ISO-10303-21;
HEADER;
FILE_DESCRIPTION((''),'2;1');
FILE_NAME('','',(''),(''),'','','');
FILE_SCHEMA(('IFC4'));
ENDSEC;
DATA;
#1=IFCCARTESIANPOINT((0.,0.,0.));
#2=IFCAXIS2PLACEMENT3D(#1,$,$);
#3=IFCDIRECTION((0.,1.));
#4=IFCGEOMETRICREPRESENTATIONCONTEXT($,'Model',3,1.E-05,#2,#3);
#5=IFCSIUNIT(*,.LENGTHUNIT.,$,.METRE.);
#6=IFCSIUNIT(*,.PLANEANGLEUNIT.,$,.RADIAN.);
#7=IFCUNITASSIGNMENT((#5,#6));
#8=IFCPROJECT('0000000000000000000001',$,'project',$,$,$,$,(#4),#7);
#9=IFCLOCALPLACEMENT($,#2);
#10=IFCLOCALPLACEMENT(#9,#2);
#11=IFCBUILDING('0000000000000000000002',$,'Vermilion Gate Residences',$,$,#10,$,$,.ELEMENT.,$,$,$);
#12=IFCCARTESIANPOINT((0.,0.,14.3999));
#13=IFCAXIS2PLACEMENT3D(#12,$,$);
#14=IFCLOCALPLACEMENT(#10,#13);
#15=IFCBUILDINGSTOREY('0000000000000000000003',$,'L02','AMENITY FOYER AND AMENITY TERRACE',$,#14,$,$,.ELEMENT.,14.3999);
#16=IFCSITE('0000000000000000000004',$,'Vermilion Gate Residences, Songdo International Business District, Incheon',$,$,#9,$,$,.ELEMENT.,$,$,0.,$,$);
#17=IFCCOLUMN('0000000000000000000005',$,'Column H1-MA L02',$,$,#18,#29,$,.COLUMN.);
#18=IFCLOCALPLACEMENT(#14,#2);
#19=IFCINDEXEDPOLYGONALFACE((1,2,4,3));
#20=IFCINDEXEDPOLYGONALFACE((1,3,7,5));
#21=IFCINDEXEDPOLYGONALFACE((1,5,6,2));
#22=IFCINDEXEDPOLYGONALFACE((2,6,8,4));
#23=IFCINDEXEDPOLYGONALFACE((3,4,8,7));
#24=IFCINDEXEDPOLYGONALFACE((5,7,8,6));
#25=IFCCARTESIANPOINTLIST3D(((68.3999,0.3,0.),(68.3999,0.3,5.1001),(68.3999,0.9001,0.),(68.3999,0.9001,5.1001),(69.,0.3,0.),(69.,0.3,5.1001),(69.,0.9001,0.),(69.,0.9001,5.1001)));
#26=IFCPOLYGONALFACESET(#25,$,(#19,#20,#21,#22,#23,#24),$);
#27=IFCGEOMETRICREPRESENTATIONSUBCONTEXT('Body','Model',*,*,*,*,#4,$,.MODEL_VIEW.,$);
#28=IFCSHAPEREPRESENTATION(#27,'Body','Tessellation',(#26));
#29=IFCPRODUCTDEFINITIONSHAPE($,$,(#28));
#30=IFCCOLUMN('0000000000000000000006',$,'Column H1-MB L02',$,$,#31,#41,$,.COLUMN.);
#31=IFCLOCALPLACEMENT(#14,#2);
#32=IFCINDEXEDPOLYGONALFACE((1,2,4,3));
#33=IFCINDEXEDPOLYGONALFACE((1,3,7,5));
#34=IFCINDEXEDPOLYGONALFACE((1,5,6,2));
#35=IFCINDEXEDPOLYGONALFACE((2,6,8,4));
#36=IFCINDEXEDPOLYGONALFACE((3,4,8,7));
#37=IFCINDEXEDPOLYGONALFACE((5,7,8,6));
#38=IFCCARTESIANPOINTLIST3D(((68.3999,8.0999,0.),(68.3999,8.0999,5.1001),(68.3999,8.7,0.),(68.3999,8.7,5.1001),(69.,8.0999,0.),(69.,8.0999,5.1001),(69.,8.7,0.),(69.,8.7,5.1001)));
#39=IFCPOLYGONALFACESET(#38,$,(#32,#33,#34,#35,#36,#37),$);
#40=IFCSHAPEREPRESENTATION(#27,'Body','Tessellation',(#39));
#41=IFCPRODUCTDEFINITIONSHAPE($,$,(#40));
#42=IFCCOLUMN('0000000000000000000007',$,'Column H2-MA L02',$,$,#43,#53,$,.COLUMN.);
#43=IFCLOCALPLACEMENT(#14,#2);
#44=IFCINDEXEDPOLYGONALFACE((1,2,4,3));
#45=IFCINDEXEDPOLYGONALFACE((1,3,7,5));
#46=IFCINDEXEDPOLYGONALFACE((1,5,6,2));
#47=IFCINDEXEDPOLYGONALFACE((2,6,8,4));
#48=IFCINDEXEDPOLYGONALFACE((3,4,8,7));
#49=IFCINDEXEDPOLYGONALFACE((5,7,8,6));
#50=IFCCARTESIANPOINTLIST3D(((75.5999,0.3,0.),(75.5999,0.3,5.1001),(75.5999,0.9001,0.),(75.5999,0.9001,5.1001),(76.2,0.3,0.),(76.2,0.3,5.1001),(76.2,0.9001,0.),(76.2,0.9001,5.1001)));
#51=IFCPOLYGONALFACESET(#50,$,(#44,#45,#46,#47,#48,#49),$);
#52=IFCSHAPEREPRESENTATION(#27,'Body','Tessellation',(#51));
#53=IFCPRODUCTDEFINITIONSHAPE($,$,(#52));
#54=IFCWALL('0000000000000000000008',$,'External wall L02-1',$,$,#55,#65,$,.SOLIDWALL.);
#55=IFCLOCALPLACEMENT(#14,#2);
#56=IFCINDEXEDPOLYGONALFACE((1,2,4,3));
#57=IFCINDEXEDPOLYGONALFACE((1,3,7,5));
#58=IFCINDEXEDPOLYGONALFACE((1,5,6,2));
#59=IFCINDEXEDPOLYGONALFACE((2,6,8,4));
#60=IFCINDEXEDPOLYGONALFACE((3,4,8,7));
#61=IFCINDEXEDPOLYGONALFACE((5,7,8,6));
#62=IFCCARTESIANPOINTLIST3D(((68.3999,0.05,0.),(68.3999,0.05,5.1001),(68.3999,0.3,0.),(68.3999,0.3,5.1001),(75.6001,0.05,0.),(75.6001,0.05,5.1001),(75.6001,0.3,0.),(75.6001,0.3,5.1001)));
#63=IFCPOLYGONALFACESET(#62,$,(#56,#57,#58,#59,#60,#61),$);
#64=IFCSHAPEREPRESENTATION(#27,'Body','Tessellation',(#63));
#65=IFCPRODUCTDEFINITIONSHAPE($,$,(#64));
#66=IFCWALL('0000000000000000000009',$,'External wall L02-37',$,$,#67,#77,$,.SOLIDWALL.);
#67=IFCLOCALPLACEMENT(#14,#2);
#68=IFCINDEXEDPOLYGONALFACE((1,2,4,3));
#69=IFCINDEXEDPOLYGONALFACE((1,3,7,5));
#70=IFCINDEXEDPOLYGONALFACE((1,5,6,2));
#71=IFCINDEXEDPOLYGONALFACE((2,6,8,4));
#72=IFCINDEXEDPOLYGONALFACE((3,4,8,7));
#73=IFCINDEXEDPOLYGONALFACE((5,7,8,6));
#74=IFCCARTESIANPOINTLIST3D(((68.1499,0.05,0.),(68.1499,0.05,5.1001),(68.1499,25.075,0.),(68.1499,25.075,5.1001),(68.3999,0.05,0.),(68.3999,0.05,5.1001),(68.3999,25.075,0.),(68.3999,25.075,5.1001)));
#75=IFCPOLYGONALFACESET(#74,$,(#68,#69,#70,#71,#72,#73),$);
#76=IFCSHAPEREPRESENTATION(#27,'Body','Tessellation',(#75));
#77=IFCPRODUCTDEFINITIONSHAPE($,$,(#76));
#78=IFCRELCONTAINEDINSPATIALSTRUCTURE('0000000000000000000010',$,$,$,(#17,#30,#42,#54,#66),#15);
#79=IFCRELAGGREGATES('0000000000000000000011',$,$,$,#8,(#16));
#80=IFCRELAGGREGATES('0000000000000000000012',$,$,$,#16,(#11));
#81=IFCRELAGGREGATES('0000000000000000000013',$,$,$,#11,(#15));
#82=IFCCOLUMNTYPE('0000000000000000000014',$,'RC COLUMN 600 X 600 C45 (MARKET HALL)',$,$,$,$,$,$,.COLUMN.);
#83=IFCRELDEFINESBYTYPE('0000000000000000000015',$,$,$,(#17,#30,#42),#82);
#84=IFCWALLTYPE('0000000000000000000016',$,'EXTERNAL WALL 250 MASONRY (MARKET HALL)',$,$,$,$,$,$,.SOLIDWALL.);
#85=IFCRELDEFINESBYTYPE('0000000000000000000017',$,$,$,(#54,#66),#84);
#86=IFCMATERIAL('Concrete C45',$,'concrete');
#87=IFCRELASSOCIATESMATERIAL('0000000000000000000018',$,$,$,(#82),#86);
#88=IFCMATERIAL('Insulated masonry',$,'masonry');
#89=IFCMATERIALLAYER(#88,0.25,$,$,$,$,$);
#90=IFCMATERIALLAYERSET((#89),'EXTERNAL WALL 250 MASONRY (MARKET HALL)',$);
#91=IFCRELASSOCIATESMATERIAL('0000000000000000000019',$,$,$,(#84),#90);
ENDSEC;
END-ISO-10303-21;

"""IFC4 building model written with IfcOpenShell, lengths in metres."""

from ifc_helpers import new_model, si_unit, direction, frame, frame_2d, origin, origin_2d, place, context, subcontext, project, spatial, rectangle, extrude, material, layer, layer_set, material_profile, profile_set, type_object, element, save


model = new_model("IFC4")

# Units and contexts
model_context = context("Model", 3, precision=1e-05, world=origin(), true_north=direction((0.0, 1.0)))
body_context = subcontext(model_context, "Body", "Model", "MODEL_VIEW")
ifc_project = project(units=[si_unit("LENGTHUNIT", "METRE"), si_unit("PLANEANGLEUNIT", "RADIAN")], contexts=[model_context])

# Site, building, storey
site_placement = place(None, origin())
site = spatial("IfcSite", under=ifc_project, at=site_placement, Name="Vermilion Gate Residences, Songdo International Business District, Incheon", CompositionType="ELEMENT", RefElevation=0.0)
building_placement = place(site_placement, origin())
building = spatial("IfcBuilding", under=site, at=building_placement, Name="Vermilion Gate Residences", CompositionType="ELEMENT")
storey_placement = place(building_placement, frame((0.0, 0.0, 14.3999)))
storey = spatial("IfcBuildingStorey", under=building, at=storey_placement, Name="L02", Description="AMENITY FOYER AND AMENITY TERRACE", CompositionType="ELEMENT", Elevation=14.3999)

# Columns
ifc_material_1 = material(Name="Concrete C45", Category="concrete")
ifc_material_profile = material_profile(ifc_material_1, rectangle(XDim=0.6001, YDim=0.6001, at=origin_2d()), Name="RC COLUMN 600 X 600 C45 (MARKET HALL)")
ifc_profile_set = profile_set([ifc_material_profile], Name="Concrete C45")
column_type = type_object("IfcColumnType", Name="RC COLUMN 600 X 600 C45 (MARKET HALL)", PredefinedType="COLUMN", material=ifc_profile_set)
for number, where, z_axis, x_axis, name in (
    (1, (68.7, 0.6001, 0.0), (0.0, 0.0, 1.0), (1.0, 0.0, 0.0), "Column H1-MA L02"),
    (2, (68.7, 8.3999, 0.0), (0.0, 0.0, 1.0), (1.0, 0.0, 0.0), "Column H1-MB L02"),
    (3, (75.8999, 0.6001, 0.0), (0.0, 0.0, 1.0), (1.0, 0.0, 0.0), "Column H2-MA L02"),
):
    element("IfcColumn", number, at=place(storey_placement, frame(where, z_axis=z_axis, x_axis=x_axis)), inside=storey, type_object=column_type, Name=name, PredefinedType="COLUMN", context=body_context, shape_type="SweptSolid", body=[
        extrude(rectangle(XDim=0.6001, YDim=0.6001, at=origin_2d()), origin(), (0.0, 0.0, 1.0), 5.1001),
    ])

# Walls
ifc_material_2 = material(Name="Insulated masonry", Category="masonry")
ifc_layer_1 = layer(ifc_material_2, 0.25)
ifc_layer_set_1 = layer_set([ifc_layer_1], Name="EXTERNAL WALL 250 MASONRY (MARKET HALL)")
wall_type_1 = type_object("IfcWallType", Name="EXTERNAL WALL 250 MASONRY (MARKET HALL)", PredefinedType="SOLIDWALL", material=ifc_layer_set_1)
wall_1_placement = place(storey_placement, frame((68.3999, 0.175, 0.0), z_axis=(0.0, 0.0, 1.0), x_axis=(1.0, 0.0, 0.0)))
element("IfcWall", 4, at=wall_1_placement, inside=storey, type_object=wall_type_1, Name="External wall L02-1", PredefinedType="SOLIDWALL", context=body_context, shape_type="SweptSolid", body=[
    extrude(rectangle(XDim=7.2002, YDim=0.25, at=frame_2d((3.6001, 0.0))), origin(), (0.0, 0.0, 1.0), 5.1001),
])
wall_2_placement = place(storey_placement, frame((68.2749, 0.05, 0.0), z_axis=(0.0, 0.0, 1.0), x_axis=(0.0, 1.0, 0.0)))
element("IfcWall", 5, at=wall_2_placement, inside=storey, type_object=wall_type_1, Name="External wall L02-37", PredefinedType="SOLIDWALL", context=body_context, shape_type="SweptSolid", body=[
    extrude(rectangle(XDim=25.0249, YDim=0.25, at=frame_2d((12.5125, 0.0))), origin(), (0.0, 0.0, 1.0), 5.1001),
])

save(model, "model.ifc")
